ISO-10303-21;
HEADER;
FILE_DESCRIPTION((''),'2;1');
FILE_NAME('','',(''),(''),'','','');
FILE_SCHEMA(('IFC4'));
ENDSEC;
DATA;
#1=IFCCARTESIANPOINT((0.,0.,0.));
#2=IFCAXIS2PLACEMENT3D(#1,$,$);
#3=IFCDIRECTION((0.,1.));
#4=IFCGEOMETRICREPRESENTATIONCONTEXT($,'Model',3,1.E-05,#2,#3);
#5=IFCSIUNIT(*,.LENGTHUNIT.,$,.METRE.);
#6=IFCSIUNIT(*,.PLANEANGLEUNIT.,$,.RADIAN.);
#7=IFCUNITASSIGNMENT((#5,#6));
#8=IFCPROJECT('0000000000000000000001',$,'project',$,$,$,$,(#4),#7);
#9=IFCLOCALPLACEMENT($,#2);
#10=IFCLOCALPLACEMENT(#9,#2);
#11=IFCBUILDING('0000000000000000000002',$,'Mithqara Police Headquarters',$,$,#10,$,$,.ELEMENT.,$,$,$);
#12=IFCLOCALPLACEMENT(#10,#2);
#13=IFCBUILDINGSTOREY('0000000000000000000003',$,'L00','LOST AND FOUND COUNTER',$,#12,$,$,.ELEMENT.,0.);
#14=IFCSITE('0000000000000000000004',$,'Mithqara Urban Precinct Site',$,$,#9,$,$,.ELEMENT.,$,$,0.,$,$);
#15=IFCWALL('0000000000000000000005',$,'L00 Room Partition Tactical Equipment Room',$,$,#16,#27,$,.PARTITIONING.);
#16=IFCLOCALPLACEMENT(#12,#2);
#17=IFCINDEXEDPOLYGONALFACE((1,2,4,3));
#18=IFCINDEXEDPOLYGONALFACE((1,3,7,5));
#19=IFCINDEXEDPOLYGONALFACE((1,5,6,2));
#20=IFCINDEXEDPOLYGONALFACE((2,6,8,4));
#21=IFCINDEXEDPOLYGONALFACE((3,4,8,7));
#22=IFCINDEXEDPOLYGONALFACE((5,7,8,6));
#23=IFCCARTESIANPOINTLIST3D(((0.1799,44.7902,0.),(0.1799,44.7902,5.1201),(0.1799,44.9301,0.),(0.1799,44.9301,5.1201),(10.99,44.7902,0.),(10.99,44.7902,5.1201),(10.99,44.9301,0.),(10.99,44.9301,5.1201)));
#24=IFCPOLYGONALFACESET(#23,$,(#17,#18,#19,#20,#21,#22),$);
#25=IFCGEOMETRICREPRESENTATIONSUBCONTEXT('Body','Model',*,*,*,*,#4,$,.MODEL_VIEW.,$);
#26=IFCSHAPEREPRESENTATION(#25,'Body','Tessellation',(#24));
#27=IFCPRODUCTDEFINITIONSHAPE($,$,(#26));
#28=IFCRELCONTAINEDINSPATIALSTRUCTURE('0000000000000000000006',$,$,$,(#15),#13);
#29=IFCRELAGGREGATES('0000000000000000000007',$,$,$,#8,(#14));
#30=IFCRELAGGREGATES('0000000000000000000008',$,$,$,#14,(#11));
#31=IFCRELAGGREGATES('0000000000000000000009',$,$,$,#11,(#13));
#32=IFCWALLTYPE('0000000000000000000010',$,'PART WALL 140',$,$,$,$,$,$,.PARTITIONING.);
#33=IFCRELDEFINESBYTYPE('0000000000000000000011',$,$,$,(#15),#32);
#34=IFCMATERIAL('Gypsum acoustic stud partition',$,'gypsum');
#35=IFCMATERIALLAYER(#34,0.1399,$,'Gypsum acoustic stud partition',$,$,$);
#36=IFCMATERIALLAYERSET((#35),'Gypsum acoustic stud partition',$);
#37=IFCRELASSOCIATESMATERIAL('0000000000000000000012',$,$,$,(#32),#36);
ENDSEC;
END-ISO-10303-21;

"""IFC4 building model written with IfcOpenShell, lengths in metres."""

from ifc_helpers import new_model, si_unit, direction, frame, frame_2d, origin, place, context, subcontext, project, spatial, rectangle, extrude, material, layer, layer_set, type_object, element, save


model = new_model("IFC4")

# Units and contexts
model_context = context("Model", 3, precision=1e-05, world=origin(), true_north=direction((0.0, 1.0)))
body_context = subcontext(model_context, "Body", "Model", "MODEL_VIEW")
ifc_project = project(units=[si_unit("LENGTHUNIT", "METRE"), si_unit("PLANEANGLEUNIT", "RADIAN")], contexts=[model_context])

# Site, building, storey
site_placement = place(None, origin())
site = spatial("IfcSite", under=ifc_project, at=site_placement, Name="Mithqara Urban Precinct Site", CompositionType="ELEMENT", RefElevation=0.0)
building_placement = place(site_placement, origin())
building = spatial("IfcBuilding", under=site, at=building_placement, Name="Mithqara Police Headquarters", CompositionType="ELEMENT")
storey_placement = place(building_placement, origin())
storey = spatial("IfcBuildingStorey", under=building, at=storey_placement, Name="L00", Description="LOST AND FOUND COUNTER", CompositionType="ELEMENT", Elevation=0.0)

# Wall
ifc_material_1 = material(Name="Gypsum acoustic stud partition", Category="gypsum")
ifc_layer_1 = layer(ifc_material_1, 0.1399, Name="Gypsum acoustic stud partition")
ifc_layer_set_1 = layer_set([ifc_layer_1], Name="Gypsum acoustic stud partition")
wall_type = type_object("IfcWallType", Name="PART WALL 140", PredefinedType="PARTITIONING", material=ifc_layer_set_1)
wall_1_placement = place(storey_placement, frame((0.1799, 44.8601, 0.0), z_axis=(0.0, 0.0, 1.0), x_axis=(1.0, 0.0, 0.0)))
element("IfcWall", 1, at=wall_1_placement, inside=storey, type_object=wall_type, Name="L00 Room Partition Tactical Equipment Room", PredefinedType="PARTITIONING", context=body_context, shape_type="SweptSolid", body=[
    extrude(rectangle(XDim=10.8101, YDim=0.1399, at=frame_2d((5.405, 0.0))), origin(), (0.0, 0.0, 1.0), 5.1201),
])

save(model, "model.ifc")
